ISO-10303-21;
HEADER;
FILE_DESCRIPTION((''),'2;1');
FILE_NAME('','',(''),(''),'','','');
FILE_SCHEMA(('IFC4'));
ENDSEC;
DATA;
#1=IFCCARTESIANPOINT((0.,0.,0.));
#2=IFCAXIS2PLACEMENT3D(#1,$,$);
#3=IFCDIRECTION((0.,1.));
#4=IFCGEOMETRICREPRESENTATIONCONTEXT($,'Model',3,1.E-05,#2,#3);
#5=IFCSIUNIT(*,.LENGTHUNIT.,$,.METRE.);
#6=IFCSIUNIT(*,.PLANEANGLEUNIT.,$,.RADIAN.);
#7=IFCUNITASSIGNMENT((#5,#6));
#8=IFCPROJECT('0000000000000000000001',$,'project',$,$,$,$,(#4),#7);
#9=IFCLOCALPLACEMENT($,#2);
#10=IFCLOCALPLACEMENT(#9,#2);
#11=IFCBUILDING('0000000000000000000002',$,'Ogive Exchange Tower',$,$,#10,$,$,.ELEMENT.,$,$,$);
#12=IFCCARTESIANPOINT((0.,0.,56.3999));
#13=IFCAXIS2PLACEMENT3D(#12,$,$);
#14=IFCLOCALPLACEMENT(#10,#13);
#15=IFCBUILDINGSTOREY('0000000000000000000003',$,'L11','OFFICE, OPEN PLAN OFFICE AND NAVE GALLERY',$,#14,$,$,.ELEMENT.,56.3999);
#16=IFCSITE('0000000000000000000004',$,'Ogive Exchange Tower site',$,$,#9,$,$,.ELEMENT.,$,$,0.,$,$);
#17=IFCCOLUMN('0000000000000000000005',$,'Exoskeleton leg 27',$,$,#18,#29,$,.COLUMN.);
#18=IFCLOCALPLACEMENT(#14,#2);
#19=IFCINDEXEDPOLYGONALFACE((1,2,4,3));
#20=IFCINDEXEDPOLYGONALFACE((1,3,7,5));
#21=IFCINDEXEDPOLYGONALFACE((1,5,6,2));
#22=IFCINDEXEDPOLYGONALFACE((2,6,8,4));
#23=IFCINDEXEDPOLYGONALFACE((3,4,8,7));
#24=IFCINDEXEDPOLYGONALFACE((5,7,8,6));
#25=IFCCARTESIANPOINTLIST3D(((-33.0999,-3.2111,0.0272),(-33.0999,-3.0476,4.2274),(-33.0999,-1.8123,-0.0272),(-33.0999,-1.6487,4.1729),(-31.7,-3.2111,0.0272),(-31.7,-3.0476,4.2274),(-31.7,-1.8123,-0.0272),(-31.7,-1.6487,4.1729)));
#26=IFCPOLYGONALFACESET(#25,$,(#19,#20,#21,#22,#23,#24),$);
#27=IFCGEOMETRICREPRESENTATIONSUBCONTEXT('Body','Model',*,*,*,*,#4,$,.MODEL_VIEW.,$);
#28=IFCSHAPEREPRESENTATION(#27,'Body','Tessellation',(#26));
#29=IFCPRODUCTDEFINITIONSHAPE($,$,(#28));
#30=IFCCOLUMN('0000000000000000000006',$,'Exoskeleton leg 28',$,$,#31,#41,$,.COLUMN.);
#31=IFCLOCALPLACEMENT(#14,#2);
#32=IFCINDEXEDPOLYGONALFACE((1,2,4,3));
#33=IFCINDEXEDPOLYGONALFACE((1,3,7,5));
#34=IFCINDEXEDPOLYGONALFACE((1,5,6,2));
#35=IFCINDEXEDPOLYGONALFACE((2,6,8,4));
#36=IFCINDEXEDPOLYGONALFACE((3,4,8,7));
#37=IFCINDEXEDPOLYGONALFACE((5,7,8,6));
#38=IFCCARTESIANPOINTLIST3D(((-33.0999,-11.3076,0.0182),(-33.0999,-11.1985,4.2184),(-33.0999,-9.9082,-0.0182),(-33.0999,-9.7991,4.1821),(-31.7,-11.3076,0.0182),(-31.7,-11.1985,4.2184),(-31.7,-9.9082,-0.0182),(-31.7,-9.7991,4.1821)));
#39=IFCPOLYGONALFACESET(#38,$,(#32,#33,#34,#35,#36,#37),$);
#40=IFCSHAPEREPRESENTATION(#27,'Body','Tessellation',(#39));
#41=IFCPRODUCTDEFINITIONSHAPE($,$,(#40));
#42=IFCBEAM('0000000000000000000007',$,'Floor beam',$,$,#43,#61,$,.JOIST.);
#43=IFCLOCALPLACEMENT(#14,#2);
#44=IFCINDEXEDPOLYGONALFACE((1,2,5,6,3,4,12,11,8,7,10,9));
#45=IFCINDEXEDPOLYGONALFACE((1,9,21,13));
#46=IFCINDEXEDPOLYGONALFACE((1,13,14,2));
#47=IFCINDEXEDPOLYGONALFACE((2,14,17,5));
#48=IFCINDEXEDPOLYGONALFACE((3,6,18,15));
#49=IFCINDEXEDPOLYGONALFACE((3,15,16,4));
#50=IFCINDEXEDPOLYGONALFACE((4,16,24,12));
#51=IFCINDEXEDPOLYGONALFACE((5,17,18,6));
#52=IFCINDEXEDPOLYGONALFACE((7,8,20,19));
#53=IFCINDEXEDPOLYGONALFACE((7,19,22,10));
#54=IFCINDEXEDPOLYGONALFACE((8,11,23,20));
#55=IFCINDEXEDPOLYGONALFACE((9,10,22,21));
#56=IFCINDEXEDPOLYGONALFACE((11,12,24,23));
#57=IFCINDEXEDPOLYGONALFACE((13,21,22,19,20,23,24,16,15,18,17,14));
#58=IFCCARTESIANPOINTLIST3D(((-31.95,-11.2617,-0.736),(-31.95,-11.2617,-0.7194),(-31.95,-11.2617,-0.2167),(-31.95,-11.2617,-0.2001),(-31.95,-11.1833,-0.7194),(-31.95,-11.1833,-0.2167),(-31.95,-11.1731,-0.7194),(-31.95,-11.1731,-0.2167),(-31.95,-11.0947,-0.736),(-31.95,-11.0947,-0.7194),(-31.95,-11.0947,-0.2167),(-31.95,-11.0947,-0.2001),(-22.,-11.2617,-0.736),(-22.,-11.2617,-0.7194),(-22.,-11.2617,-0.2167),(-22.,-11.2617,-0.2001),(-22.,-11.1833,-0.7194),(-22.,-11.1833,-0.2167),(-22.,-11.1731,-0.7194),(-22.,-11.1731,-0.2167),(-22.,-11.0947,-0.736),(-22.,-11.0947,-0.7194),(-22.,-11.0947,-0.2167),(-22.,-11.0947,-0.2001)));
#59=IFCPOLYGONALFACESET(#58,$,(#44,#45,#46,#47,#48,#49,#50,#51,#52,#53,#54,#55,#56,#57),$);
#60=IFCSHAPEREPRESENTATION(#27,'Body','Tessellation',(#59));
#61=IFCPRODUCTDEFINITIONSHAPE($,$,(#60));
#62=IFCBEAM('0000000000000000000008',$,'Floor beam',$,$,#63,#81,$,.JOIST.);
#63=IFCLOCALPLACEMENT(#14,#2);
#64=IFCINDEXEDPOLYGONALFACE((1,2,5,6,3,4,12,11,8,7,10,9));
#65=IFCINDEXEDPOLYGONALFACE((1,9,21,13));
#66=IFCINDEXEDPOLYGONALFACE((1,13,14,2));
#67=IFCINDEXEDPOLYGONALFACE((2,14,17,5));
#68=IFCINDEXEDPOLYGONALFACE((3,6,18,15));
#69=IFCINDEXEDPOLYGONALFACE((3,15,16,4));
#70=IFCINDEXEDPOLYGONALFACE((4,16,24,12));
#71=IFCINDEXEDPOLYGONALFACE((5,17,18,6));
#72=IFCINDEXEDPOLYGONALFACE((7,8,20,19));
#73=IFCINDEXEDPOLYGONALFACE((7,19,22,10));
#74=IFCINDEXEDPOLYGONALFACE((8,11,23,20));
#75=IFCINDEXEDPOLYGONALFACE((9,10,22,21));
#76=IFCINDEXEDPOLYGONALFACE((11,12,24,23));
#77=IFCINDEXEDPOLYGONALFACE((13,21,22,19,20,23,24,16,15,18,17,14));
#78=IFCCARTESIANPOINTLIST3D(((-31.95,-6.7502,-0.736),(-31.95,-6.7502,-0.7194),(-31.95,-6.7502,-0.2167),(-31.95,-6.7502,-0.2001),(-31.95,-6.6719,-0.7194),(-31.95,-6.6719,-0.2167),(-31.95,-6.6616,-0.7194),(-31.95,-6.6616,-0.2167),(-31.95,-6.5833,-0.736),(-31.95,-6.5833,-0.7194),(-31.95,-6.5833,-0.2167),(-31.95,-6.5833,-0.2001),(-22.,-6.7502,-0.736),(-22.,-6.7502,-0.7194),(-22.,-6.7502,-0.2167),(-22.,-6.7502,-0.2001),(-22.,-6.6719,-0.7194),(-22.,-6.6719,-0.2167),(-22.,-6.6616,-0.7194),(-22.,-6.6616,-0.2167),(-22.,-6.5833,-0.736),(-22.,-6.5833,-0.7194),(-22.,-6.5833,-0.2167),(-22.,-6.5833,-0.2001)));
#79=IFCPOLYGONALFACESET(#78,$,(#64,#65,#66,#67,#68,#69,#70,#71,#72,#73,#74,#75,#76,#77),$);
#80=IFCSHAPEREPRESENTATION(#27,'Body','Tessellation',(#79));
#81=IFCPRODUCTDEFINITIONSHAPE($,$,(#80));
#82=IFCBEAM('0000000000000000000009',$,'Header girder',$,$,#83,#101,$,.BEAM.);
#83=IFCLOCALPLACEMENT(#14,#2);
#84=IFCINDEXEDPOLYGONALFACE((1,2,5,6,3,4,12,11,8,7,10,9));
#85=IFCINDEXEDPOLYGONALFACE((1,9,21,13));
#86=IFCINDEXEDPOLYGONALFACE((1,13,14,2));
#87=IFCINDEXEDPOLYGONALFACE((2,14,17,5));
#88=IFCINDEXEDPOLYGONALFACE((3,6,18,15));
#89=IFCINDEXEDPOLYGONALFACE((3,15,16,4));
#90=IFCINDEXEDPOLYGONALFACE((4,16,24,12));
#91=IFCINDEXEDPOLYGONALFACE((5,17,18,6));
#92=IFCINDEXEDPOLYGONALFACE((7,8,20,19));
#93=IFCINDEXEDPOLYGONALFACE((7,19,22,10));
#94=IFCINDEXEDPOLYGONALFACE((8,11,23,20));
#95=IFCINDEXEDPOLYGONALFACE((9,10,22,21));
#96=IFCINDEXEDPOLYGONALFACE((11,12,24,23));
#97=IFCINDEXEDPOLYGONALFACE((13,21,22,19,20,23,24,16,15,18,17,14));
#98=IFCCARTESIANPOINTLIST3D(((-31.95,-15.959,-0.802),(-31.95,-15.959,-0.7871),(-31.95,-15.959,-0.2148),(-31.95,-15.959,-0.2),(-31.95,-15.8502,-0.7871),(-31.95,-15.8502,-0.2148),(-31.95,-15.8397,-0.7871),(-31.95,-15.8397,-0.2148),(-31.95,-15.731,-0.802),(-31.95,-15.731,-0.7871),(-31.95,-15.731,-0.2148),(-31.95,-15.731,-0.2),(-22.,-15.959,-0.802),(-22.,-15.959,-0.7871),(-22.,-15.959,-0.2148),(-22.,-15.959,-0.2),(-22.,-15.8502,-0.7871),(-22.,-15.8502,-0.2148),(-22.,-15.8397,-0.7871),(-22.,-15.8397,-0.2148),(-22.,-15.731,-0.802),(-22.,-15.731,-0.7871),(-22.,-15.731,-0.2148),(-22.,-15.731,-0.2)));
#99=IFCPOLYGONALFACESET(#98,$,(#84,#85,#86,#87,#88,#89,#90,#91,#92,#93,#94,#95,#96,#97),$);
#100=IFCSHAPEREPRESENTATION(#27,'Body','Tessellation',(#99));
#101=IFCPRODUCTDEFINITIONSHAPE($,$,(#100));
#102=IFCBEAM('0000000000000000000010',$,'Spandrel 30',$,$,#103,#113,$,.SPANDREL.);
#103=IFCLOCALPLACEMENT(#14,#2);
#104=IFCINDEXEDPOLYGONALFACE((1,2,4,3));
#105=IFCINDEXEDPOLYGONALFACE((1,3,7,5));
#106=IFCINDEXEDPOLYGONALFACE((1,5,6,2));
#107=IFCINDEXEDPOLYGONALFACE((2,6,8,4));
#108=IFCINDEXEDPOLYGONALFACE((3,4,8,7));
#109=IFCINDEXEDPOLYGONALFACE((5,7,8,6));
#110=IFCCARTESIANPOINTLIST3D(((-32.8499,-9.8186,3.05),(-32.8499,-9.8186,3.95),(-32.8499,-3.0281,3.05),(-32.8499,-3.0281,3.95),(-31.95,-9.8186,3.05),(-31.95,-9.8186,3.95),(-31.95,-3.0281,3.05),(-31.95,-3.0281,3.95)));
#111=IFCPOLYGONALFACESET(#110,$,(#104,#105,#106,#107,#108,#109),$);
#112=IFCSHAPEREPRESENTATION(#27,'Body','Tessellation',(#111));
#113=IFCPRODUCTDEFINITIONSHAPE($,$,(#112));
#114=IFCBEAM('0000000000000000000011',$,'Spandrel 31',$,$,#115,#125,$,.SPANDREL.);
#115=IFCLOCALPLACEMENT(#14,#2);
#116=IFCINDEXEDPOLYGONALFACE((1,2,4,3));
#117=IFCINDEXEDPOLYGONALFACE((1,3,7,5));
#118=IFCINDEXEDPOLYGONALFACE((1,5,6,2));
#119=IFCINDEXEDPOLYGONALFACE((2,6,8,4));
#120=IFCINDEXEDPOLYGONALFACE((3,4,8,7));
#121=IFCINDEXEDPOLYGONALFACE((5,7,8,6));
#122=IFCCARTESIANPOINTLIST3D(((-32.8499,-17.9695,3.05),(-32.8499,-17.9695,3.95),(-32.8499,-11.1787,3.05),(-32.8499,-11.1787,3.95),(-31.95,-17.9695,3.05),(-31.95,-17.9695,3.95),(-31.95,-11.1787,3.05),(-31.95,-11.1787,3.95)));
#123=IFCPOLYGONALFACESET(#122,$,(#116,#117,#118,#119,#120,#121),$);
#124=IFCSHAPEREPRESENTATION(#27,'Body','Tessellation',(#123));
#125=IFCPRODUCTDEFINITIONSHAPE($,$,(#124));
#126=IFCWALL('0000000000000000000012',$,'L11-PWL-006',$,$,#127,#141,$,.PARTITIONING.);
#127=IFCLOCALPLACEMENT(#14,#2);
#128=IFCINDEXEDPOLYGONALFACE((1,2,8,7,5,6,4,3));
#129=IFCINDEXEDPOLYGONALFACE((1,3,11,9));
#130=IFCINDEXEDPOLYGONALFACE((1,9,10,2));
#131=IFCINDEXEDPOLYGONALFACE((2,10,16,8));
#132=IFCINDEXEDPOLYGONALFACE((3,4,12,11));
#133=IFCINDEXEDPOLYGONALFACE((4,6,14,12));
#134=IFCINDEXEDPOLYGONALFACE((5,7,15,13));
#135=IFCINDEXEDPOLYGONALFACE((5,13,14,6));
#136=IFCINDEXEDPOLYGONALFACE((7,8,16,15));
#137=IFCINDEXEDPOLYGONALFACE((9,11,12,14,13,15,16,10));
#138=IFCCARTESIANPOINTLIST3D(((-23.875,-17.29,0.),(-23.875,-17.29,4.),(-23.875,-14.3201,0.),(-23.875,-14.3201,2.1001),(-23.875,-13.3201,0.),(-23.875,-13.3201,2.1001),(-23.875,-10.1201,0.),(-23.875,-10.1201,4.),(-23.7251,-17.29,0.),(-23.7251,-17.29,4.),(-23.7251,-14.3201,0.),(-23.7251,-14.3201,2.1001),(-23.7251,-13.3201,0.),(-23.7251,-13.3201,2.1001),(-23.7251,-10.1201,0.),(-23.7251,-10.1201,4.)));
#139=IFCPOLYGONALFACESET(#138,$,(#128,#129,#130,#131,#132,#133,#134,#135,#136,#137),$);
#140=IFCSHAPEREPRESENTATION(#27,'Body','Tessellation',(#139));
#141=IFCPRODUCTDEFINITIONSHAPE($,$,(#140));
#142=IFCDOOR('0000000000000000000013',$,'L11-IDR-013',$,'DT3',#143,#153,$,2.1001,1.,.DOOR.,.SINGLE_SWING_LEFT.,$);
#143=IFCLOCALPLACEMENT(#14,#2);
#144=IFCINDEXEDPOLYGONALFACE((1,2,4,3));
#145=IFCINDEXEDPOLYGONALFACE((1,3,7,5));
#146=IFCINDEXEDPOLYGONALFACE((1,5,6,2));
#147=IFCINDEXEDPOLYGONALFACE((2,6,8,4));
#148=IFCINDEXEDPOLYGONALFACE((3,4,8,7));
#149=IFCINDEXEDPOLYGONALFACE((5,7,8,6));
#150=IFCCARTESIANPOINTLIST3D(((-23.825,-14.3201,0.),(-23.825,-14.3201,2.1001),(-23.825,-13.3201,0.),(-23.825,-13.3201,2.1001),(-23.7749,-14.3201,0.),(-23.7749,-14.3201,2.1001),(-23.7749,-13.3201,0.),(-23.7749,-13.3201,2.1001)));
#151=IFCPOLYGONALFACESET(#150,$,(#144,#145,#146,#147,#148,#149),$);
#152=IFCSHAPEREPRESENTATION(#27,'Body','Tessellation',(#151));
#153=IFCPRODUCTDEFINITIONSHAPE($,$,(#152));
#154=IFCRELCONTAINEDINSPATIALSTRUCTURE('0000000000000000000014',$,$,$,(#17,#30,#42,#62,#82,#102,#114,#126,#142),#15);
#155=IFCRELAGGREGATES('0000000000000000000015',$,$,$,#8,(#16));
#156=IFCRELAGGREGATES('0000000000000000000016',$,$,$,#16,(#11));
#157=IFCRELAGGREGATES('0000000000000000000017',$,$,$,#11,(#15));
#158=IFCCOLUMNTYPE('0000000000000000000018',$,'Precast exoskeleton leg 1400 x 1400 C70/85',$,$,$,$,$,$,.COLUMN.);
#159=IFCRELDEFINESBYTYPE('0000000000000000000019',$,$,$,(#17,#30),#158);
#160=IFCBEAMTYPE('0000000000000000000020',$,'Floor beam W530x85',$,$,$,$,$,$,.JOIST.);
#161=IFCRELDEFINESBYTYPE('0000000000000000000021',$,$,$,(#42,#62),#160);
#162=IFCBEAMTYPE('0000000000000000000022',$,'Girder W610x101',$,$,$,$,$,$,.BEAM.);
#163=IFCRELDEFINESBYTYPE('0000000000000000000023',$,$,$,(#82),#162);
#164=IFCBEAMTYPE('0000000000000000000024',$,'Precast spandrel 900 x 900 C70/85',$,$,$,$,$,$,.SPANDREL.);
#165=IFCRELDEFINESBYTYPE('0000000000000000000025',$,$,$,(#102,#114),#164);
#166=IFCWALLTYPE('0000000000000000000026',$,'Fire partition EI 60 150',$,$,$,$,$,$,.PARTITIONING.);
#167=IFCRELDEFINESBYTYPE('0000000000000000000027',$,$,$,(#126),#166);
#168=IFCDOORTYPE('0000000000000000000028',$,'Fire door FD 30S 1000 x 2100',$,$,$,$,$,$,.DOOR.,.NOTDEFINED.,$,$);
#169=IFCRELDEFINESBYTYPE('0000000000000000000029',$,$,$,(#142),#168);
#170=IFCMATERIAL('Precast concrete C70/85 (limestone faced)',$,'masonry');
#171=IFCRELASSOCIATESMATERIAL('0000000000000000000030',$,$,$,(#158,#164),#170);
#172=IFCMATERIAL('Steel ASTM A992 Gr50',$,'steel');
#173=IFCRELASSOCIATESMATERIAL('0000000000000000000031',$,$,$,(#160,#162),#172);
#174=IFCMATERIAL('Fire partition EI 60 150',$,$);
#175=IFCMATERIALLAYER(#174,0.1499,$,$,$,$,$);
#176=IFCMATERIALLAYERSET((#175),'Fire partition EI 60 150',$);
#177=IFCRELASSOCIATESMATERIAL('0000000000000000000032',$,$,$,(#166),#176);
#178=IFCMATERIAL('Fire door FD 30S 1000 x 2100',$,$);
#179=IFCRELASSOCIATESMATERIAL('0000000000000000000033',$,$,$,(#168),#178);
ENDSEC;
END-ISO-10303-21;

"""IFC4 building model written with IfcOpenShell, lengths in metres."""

from ifc_helpers import new_model, si_unit, direction, frame, frame_2d, origin, origin_2d, place, context, subcontext, project, spatial, rectangle, i_section, extrude, material, layer, layer_set, material_profile, profile_set, type_object, element, fill, save


model = new_model("IFC4")

# Units and contexts
model_context = context("Model", 3, precision=1e-05, world=origin(), true_north=direction((0.0, 1.0)))
body_context = subcontext(model_context, "Body", "Model", "MODEL_VIEW")
ifc_project = project(units=[si_unit("LENGTHUNIT", "METRE"), si_unit("PLANEANGLEUNIT", "RADIAN")], contexts=[model_context])

# Site, building, storey
site_placement = place(None, origin())
site = spatial("IfcSite", under=ifc_project, at=site_placement, Name="Ogive Exchange Tower site", CompositionType="ELEMENT", RefElevation=0.0)
building_placement = place(site_placement, origin())
building = spatial("IfcBuilding", under=site, at=building_placement, Name="Ogive Exchange Tower", CompositionType="ELEMENT")
storey_placement = place(building_placement, frame((0.0, 0.0, 56.3999)))
storey = spatial("IfcBuildingStorey", under=building, at=storey_placement, Name="L11", Description="OFFICE, OPEN PLAN OFFICE AND NAVE GALLERY", CompositionType="ELEMENT", Elevation=56.3999)

# Columns
ifc_material_1 = material(Name="Precast concrete C70/85 (limestone faced)", Category="masonry")
ifc_material_profile_1 = material_profile(ifc_material_1, rectangle(XDim=1.3999, YDim=1.3999, at=origin_2d()), Name="1400 x 1400")
ifc_profile_set_1 = profile_set([ifc_material_profile_1], Name="Precast concrete C70/85 (limestone faced)")
column_type = type_object("IfcColumnType", Name="Precast exoskeleton leg 1400 x 1400 C70/85", PredefinedType="COLUMN", material=ifc_profile_set_1)
column_1_placement = place(storey_placement, frame((-32.3999, -2.5117, 0.0), z_axis=(0.0, 0.038915, 0.999243), x_axis=(-1.0, 0.0, 0.0)))
element("IfcColumn", 1, at=column_1_placement, inside=storey, type_object=column_type, Name="Exoskeleton leg 27", PredefinedType="COLUMN", context=body_context, shape_type="SweptSolid", body=[
    extrude(rectangle(XDim=1.3999, YDim=1.3999, at=origin_2d()), origin(), (0.0, 0.0, 1.0), 4.2034),
])
column_2_placement = place(storey_placement, frame((-32.3999, -10.6079, 0.0), z_axis=(0.0, 0.025974, 0.999663), x_axis=(-1.0, 0.0, 0.0)))
element("IfcColumn", 2, at=column_2_placement, inside=storey, type_object=column_type, Name="Exoskeleton leg 28", PredefinedType="COLUMN", context=body_context, shape_type="SweptSolid", body=[
    extrude(rectangle(XDim=1.3999, YDim=1.3999, at=origin_2d()), origin(), (0.0, 0.0, 1.0), 4.2017),
])

# Beams
ifc_material_2 = material(Name="Steel ASTM A992 Gr50", Category="steel")
ifc_material_profile_2 = material_profile(ifc_material_2, i_section(OverallWidth=0.167, OverallDepth=0.5359, WebThickness=0.0103, FlangeThickness=0.0166, at=origin_2d()), Name="W530x85")
ifc_profile_set_2 = profile_set([ifc_material_profile_2], Name="Steel ASTM A992 Gr50")
beam_type_1 = type_object("IfcBeamType", Name="Floor beam W530x85", PredefinedType="JOIST", material=ifc_profile_set_2)
for number, where, z_axis, x_axis, name in (
    (3, (-31.95, -11.1782, -0.468), (1.0, 0.0, 0.0), (0.0, 1.0, 0.0), "Floor beam"),
    (4, (-31.95, -6.6667, -0.468), (1.0, 0.0, 0.0), (0.0, 1.0, 0.0), "Floor beam"),
):
    element("IfcBeam", number, at=place(storey_placement, frame(where, z_axis=z_axis, x_axis=x_axis)), inside=storey, type_object=beam_type_1, Name=name, PredefinedType="JOIST", context=body_context, shape_type="SweptSolid", body=[
        extrude(i_section(OverallWidth=0.167, OverallDepth=0.5359, WebThickness=0.0103, FlangeThickness=0.0166, at=origin_2d()), origin(), (0.0, 0.0, 1.0), 9.95),
    ])
ifc_material_profile_3 = material_profile(ifc_material_2, i_section(OverallWidth=0.228, OverallDepth=0.6021, WebThickness=0.0105, FlangeThickness=0.0149, at=origin_2d()), Name="W610x101")
ifc_profile_set_3 = profile_set([ifc_material_profile_3], Name="Steel ASTM A992 Gr50")
beam_type_2 = type_object("IfcBeamType", Name="Girder W610x101", PredefinedType="BEAM", material=ifc_profile_set_3)
beam_1_placement = place(storey_placement, frame((-31.95, -15.845, -0.501), z_axis=(1.0, 0.0, 0.0), x_axis=(0.0, 1.0, 0.0)))
element("IfcBeam", 5, at=beam_1_placement, inside=storey, type_object=beam_type_2, Name="Header girder", PredefinedType="BEAM", context=body_context, shape_type="SweptSolid", body=[
    extrude(i_section(OverallWidth=0.228, OverallDepth=0.6021, WebThickness=0.0105, FlangeThickness=0.0149, at=origin_2d()), origin(), (0.0, 0.0, 1.0), 9.95),
])
ifc_material_profile_4 = material_profile(ifc_material_1, rectangle(XDim=0.8999, YDim=0.8999, at=origin_2d()), Name="900 x 900")
ifc_profile_set_4 = profile_set([ifc_material_profile_4], Name="Precast concrete C70/85 (limestone faced)")
beam_type_3 = type_object("IfcBeamType", Name="Precast spandrel 900 x 900 C70/85", PredefinedType="SPANDREL", material=ifc_profile_set_4)
beam_2_placement = place(storey_placement, frame((-32.3999, -3.0281, 3.5), z_axis=(0.0, -1.0, 0.0), x_axis=(1.0, 0.0, 0.0)))
element("IfcBeam", 6, at=beam_2_placement, inside=storey, type_object=beam_type_3, Name="Spandrel 30", PredefinedType="SPANDREL", context=body_context, shape_type="SweptSolid", body=[
    extrude(rectangle(XDim=0.8999, YDim=0.8999, at=origin_2d()), origin(), (0.0, 0.0, 1.0), 6.7905),
])
beam_3_placement = place(storey_placement, frame((-32.3999, -11.1787, 3.5), z_axis=(0.0, -1.0, 0.0), x_axis=(1.0, 0.0, 0.0)))
element("IfcBeam", 7, at=beam_3_placement, inside=storey, type_object=beam_type_3, Name="Spandrel 31", PredefinedType="SPANDREL", context=body_context, shape_type="SweptSolid", body=[
    extrude(rectangle(XDim=0.8999, YDim=0.8999, at=origin_2d()), origin(), (0.0, 0.0, 1.0), 6.7908),
])

# Wall, opening, door
ifc_material_3 = material(Name="Fire partition EI 60 150")
ifc_layer_1 = layer(ifc_material_3, 0.1499)
ifc_layer_set_1 = layer_set([ifc_layer_1], Name="Fire partition EI 60 150")
wall_type_1 = type_object("IfcWallType", Name="Fire partition EI 60 150", PredefinedType="PARTITIONING", material=ifc_layer_set_1)
wall_1_placement = place(storey_placement, frame((-23.8, -17.29, 0.0), z_axis=(0.0, 0.0, 1.0), x_axis=(0.0, 1.0, 0.0)))
wall_1 = element("IfcWall", 8, at=wall_1_placement, inside=storey, type_object=wall_type_1, Name="L11-PWL-006", PredefinedType="PARTITIONING", context=body_context, shape_type="SweptSolid", body=[
    extrude(rectangle(XDim=7.1699, YDim=0.1499, at=frame_2d((3.585, 0.0))), origin(), (0.0, 0.0, 1.0), 4.0),
])
opening_1_placement = place(wall_1_placement, frame((2.97, 0.0, 0.0)))
opening_1 = element("IfcOpeningElement", 9, at=opening_1_placement, cuts=wall_1, PredefinedType="OPENING", context=body_context, shape_type="SweptSolid", body=[
    extrude(rectangle(XDim=1.0, YDim=2.1001, at=frame_2d((0.5, 1.05))), frame((0.0, 0.085, 0.0), z_axis=(0.0, -1.0, 0.0), x_axis=(1.0, 0.0, 0.0)), (0.0, 0.0, 1.0), 0.1699),
])
ifc_material_4 = material(Name="Fire door FD 30S 1000 x 2100")
door_type_1 = type_object("IfcDoorType", Name="Fire door FD 30S 1000 x 2100", OperationType="NOTDEFINED", PredefinedType="DOOR", material=ifc_material_4)
door_1_placement = place(opening_1_placement, origin())
door_1 = element("IfcDoor", 10, at=door_1_placement, inside=storey, type_object=door_type_1, Name="L11-IDR-013", ObjectType="DT3", OperationType="SINGLE_SWING_LEFT", OverallHeight=2.1001, OverallWidth=1.0, PredefinedType="DOOR", context=body_context, shape_type="SweptSolid", body=[
    extrude(rectangle(XDim=1.0, YDim=2.1001, at=frame_2d((0.5, 1.05))), frame((0.0, 0.0249, 0.0), z_axis=(0.0, -1.0, 0.0), x_axis=(1.0, 0.0, 0.0)), (0.0, 0.0, 1.0), 0.05),
])
fill(opening_1, door_1)

save(model, "model.ifc")
